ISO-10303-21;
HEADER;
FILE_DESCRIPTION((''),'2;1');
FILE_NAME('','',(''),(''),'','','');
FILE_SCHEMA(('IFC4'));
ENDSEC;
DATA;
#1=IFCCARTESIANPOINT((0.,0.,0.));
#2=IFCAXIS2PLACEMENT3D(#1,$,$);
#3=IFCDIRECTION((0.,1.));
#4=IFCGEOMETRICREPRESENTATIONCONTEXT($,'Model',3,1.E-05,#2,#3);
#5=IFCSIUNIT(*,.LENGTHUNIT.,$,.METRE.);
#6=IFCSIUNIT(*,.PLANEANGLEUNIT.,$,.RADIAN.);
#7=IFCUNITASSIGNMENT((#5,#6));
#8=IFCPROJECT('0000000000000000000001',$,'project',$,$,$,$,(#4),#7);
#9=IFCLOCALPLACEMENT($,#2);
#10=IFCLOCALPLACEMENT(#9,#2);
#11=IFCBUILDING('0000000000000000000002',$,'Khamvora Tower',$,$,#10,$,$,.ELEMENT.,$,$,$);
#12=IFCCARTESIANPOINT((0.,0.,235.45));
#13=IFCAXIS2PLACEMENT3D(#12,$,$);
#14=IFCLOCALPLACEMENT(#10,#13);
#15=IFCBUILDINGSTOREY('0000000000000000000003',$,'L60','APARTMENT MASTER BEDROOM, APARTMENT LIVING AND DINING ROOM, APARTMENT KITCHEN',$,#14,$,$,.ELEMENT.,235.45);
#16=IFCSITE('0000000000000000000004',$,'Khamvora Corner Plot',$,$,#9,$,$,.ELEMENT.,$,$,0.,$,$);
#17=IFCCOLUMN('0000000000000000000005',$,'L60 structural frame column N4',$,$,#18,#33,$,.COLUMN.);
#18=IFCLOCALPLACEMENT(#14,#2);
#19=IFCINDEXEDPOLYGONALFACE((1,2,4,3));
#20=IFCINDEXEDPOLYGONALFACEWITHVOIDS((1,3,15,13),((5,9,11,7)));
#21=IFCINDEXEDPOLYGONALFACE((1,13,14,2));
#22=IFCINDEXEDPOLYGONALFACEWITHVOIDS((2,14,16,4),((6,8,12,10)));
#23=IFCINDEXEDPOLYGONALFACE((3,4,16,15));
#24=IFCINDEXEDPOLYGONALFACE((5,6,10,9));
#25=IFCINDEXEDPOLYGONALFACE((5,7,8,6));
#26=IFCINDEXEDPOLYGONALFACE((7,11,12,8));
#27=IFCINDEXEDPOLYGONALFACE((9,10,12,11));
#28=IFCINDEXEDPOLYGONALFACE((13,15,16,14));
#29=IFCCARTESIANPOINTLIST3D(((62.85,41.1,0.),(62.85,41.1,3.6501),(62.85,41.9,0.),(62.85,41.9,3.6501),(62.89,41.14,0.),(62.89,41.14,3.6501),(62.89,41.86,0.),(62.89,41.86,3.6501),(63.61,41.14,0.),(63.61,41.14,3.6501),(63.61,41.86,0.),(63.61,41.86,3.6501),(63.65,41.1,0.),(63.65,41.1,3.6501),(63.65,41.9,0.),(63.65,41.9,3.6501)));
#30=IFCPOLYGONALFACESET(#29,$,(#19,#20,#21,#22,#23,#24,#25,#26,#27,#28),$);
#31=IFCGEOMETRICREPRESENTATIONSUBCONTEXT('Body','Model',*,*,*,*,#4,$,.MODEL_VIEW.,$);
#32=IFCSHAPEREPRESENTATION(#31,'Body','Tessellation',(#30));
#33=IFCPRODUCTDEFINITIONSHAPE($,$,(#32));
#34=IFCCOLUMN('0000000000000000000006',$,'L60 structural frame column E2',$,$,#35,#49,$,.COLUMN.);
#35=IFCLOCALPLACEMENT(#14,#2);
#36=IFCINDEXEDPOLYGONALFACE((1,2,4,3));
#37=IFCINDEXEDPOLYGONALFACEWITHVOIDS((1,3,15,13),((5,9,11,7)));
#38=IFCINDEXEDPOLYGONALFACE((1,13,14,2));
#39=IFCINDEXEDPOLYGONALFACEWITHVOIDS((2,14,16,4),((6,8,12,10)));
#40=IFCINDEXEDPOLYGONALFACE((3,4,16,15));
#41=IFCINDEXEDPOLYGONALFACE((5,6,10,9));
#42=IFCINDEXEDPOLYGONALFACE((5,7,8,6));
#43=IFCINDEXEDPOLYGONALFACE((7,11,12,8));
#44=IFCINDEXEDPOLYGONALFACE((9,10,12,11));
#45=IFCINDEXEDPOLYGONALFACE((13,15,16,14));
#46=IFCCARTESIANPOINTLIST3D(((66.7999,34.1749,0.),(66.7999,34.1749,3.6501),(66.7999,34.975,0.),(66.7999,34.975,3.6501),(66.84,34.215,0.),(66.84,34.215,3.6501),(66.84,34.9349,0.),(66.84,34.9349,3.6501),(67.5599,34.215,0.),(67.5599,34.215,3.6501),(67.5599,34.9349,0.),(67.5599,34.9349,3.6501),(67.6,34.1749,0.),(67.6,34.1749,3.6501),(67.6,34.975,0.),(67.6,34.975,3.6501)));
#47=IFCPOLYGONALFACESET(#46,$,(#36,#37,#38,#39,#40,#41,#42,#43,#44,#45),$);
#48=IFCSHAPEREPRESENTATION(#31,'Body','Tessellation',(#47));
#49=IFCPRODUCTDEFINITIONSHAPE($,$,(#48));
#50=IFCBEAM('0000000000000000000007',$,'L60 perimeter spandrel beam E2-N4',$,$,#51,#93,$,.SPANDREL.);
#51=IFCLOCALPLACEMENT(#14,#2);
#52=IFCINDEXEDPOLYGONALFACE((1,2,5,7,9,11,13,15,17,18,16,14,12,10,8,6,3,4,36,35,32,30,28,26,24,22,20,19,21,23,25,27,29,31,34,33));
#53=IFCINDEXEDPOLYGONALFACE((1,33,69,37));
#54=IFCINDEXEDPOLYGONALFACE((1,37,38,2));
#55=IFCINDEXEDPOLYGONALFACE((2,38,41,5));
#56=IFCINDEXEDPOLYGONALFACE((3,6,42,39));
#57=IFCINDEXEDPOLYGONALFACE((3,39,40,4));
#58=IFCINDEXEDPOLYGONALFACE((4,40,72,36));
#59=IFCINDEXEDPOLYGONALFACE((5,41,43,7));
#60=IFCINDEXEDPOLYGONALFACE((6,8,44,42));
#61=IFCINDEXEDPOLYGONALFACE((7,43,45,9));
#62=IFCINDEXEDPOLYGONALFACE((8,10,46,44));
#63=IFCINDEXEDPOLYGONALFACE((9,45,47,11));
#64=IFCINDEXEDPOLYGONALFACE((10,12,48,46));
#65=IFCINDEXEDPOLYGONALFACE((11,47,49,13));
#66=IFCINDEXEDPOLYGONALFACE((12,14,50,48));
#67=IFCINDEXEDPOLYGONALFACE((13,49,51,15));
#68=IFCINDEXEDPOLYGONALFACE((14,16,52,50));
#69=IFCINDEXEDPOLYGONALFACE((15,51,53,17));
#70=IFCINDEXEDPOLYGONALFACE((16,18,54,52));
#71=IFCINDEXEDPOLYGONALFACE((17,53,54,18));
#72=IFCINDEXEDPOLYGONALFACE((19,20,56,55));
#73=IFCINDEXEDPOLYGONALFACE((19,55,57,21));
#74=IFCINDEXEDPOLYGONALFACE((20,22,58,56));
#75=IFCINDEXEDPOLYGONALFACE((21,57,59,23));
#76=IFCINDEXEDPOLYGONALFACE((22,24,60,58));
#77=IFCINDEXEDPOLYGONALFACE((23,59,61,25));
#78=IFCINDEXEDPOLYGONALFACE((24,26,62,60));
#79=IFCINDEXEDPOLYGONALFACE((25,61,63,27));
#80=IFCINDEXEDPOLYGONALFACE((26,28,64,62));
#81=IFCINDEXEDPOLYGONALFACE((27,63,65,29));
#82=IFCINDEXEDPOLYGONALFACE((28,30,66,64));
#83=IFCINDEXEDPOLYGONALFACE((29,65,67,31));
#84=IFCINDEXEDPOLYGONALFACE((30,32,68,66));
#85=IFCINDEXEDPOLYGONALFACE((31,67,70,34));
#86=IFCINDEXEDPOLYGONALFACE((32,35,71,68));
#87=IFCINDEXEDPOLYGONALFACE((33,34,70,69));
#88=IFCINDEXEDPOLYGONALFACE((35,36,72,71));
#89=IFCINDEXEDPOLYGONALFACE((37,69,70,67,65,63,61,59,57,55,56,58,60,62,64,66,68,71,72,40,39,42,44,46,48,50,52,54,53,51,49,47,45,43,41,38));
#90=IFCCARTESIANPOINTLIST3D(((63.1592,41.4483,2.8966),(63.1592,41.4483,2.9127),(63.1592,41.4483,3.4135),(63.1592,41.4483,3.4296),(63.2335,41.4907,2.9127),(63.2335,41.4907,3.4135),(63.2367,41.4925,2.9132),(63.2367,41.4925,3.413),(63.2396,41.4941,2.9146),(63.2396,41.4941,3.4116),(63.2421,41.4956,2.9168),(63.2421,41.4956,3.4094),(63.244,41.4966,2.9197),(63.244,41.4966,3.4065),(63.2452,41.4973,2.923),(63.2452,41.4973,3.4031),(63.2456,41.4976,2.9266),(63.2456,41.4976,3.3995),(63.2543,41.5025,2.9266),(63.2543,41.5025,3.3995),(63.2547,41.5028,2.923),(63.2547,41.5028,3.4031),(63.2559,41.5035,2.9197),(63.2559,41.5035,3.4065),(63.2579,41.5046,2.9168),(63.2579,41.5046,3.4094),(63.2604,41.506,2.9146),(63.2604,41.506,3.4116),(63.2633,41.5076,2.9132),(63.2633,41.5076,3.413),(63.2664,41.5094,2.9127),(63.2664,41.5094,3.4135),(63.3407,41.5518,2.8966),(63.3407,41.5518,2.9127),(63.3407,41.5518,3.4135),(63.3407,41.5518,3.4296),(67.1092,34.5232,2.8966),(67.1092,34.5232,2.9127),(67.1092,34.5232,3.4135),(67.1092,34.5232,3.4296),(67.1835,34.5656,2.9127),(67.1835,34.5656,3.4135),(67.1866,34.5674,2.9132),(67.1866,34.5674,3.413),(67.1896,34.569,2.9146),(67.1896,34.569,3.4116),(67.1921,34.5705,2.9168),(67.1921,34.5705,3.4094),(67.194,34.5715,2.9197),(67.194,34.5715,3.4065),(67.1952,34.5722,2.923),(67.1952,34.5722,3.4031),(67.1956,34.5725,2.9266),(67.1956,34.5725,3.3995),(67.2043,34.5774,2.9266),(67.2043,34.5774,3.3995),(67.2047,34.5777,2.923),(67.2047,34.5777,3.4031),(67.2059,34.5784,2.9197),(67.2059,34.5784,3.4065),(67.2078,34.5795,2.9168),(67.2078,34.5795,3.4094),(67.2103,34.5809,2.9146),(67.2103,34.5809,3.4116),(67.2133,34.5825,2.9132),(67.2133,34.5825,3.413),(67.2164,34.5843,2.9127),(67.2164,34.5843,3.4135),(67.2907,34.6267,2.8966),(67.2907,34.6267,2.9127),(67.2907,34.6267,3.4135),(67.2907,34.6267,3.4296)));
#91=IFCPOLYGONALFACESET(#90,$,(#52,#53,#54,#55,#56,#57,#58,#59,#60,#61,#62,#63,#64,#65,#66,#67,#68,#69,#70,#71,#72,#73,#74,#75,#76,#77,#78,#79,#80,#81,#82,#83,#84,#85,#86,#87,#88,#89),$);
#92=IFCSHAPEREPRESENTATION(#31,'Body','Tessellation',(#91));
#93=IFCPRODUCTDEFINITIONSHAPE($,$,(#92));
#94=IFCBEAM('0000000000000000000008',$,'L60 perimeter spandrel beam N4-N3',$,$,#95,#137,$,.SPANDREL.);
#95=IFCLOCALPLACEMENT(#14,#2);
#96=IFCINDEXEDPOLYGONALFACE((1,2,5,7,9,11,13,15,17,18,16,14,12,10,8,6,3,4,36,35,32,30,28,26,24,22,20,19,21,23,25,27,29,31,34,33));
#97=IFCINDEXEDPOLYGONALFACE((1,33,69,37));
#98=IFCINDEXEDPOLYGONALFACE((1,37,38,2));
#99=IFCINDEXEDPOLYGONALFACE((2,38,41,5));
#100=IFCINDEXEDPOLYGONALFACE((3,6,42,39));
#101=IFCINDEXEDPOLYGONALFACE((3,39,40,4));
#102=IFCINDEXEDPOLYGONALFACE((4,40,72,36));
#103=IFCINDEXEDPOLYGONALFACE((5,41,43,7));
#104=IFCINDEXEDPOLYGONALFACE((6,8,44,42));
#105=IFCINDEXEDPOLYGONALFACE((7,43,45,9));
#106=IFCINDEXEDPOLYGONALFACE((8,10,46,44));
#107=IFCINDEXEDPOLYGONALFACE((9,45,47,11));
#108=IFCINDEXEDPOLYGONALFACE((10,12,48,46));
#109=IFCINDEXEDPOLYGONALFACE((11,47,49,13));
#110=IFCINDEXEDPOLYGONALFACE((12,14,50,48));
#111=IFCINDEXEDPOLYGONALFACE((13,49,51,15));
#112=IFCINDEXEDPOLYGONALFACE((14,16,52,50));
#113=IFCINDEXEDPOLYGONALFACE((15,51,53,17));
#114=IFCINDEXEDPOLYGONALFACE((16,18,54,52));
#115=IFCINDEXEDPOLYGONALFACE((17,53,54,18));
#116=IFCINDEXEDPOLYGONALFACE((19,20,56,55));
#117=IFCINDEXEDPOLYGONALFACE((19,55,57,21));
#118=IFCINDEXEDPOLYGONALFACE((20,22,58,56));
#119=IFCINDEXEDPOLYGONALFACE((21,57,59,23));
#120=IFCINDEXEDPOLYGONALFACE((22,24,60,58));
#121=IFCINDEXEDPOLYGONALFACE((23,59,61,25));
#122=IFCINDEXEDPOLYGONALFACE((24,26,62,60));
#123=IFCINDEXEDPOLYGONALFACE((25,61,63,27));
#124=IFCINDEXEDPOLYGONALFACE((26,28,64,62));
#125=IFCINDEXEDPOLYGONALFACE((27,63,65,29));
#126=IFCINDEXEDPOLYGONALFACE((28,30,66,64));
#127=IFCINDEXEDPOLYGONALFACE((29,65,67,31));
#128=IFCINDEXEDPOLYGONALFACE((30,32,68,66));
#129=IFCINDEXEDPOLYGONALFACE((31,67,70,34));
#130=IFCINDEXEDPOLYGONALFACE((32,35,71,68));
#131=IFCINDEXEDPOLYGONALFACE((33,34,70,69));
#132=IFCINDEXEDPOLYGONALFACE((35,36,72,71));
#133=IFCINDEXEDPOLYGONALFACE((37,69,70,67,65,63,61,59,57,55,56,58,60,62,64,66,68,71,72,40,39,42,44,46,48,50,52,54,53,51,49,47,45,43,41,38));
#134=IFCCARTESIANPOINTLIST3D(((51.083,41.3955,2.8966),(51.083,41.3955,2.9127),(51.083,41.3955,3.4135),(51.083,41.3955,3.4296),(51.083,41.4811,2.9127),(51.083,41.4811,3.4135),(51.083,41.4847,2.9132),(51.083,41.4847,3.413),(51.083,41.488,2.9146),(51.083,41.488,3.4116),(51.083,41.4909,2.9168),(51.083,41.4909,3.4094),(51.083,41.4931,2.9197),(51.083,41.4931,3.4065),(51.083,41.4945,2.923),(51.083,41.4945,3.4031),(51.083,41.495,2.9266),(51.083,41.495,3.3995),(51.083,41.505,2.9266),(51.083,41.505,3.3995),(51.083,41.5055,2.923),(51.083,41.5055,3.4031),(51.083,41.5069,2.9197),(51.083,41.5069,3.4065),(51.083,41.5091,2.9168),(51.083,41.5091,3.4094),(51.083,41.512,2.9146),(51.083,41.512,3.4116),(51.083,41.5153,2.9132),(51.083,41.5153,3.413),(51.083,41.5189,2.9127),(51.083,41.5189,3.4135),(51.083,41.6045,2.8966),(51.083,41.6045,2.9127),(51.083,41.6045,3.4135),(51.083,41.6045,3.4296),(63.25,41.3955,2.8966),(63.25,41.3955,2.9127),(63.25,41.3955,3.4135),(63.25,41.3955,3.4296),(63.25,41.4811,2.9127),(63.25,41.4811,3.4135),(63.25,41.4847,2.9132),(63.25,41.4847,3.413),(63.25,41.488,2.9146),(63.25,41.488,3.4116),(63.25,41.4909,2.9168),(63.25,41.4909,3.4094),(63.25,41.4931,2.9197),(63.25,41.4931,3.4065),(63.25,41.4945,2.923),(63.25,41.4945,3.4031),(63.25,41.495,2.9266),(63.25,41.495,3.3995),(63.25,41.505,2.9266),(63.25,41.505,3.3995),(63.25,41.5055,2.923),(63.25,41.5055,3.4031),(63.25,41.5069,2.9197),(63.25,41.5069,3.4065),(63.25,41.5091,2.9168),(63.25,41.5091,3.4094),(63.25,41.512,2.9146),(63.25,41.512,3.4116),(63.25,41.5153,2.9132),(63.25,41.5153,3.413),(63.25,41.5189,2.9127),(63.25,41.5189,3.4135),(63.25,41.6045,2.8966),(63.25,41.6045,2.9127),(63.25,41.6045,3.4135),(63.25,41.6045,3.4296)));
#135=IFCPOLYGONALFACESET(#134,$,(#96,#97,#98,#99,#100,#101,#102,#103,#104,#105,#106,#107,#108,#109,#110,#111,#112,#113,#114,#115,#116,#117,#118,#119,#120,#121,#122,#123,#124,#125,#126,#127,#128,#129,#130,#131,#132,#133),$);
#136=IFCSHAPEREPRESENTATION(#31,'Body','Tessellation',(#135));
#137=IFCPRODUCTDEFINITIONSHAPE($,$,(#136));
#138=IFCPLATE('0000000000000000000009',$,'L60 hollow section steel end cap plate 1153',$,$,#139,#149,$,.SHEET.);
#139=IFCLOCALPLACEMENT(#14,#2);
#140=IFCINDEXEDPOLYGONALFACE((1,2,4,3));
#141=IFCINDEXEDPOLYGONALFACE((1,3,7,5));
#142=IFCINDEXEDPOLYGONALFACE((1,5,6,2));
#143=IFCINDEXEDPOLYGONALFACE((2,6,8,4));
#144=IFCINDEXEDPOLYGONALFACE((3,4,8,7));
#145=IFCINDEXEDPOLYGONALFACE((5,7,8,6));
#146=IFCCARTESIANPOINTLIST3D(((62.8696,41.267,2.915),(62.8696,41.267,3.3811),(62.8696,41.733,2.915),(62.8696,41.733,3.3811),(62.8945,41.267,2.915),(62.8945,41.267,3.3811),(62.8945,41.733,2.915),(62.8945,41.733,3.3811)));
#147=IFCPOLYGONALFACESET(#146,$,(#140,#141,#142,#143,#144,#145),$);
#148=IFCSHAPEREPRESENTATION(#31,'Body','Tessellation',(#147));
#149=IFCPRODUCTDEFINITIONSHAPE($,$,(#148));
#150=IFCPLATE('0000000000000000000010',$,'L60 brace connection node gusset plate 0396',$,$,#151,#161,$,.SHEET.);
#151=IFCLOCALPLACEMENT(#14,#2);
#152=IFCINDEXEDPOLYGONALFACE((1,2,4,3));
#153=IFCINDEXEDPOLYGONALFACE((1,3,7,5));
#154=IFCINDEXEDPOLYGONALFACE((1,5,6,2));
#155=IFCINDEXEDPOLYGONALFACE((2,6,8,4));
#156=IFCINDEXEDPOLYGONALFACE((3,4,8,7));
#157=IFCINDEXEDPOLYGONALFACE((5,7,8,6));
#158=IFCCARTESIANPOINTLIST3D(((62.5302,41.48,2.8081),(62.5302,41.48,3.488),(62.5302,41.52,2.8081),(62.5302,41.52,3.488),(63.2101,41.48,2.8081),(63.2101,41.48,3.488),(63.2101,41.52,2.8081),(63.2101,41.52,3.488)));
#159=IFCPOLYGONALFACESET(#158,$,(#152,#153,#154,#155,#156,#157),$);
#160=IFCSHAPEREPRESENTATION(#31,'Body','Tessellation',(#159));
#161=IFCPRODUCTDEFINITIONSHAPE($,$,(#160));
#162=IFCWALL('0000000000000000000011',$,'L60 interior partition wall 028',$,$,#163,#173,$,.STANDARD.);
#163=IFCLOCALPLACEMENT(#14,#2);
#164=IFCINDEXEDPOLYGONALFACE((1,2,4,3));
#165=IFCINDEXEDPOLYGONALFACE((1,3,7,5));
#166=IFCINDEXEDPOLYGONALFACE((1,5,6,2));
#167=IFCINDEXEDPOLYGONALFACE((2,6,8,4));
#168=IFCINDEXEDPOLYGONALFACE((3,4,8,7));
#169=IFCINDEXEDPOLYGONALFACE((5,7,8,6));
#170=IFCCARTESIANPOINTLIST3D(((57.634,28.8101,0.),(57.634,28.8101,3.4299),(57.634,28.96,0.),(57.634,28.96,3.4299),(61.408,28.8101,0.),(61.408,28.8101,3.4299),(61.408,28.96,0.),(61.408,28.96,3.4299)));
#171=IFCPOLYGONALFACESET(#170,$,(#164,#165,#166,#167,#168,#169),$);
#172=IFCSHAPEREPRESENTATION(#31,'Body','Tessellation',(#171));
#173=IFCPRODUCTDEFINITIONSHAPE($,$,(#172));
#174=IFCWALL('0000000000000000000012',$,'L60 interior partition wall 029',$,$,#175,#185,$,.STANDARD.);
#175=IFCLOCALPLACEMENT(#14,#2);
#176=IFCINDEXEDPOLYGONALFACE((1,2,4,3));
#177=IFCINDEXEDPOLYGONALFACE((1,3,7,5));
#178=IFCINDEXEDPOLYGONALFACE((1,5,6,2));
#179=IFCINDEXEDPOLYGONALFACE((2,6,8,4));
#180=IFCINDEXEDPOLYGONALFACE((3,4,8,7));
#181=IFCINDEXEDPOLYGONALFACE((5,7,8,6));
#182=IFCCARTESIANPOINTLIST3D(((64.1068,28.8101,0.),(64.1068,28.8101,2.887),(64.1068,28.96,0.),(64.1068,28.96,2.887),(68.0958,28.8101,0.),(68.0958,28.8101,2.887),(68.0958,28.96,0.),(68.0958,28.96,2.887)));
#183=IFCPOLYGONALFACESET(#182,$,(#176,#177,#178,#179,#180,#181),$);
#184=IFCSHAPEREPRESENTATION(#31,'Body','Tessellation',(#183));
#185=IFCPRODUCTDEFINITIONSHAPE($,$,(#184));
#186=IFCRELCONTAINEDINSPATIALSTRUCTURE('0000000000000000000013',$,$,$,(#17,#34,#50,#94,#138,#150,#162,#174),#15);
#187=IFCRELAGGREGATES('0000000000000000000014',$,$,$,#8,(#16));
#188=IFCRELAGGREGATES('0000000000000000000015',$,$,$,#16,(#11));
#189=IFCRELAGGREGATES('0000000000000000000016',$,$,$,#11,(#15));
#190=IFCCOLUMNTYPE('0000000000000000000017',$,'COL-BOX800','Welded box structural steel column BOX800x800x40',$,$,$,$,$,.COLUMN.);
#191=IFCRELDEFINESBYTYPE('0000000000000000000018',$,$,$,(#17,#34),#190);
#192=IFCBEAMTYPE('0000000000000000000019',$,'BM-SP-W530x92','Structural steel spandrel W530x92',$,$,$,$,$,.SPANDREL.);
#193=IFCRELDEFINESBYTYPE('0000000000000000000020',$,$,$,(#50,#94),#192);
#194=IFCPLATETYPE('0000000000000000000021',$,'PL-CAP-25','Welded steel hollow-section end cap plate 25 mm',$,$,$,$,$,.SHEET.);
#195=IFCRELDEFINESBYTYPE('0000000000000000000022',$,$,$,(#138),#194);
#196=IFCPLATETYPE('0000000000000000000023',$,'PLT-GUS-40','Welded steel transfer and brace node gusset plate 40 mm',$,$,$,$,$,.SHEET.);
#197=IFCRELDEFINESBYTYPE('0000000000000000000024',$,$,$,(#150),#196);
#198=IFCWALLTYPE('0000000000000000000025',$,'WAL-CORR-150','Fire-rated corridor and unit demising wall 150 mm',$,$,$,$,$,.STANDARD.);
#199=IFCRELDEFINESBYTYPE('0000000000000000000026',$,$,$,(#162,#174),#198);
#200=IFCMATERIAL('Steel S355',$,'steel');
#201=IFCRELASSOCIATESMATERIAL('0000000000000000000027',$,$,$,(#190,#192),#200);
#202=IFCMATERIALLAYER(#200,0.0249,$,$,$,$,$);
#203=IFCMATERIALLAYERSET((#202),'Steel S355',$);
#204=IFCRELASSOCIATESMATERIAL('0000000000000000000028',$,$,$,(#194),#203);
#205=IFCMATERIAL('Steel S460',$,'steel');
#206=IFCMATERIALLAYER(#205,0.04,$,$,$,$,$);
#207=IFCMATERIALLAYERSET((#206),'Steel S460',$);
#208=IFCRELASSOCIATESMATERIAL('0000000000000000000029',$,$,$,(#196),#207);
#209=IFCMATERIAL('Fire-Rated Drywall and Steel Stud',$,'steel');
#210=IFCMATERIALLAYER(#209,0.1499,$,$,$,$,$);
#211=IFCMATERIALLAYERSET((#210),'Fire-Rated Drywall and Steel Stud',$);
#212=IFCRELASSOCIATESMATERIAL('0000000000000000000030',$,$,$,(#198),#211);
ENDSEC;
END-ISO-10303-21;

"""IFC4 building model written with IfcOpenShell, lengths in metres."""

from ifc_helpers import new_model, si_unit, direction, frame, frame_2d, origin, origin_2d, place, context, subcontext, project, spatial, rectangle, hollow_rectangle, i_section, extrude, material, layer, layer_set, material_profile, profile_set, type_object, element, save


model = new_model("IFC4")

# Units and contexts
model_context = context("Model", 3, precision=1e-05, world=origin(), true_north=direction((0.0, 1.0)))
body_context = subcontext(model_context, "Body", "Model", "MODEL_VIEW")
ifc_project = project(units=[si_unit("LENGTHUNIT", "METRE"), si_unit("PLANEANGLEUNIT", "RADIAN")], contexts=[model_context])

# Site, building, storey
site_placement = place(None, origin())
site = spatial("IfcSite", under=ifc_project, at=site_placement, Name="Khamvora Corner Plot", CompositionType="ELEMENT", RefElevation=0.0)
building_placement = place(site_placement, origin())
building = spatial("IfcBuilding", under=site, at=building_placement, Name="Khamvora Tower", CompositionType="ELEMENT")
storey_placement = place(building_placement, frame((0.0, 0.0, 235.45)))
storey = spatial("IfcBuildingStorey", under=building, at=storey_placement, Name="L60", Description="APARTMENT MASTER BEDROOM, APARTMENT LIVING AND DINING ROOM, APARTMENT KITCHEN", CompositionType="ELEMENT", Elevation=235.45)

# Columns
ifc_material_1 = material(Name="Steel S355", Category="steel")
ifc_material_profile_1 = material_profile(ifc_material_1, hollow_rectangle(XDim=0.8, YDim=0.8, WallThickness=0.04, at=origin_2d()), Name="BOX800x800x40")
ifc_profile_set_1 = profile_set([ifc_material_profile_1], Name="Steel S355")
column_type = type_object("IfcColumnType", Name="COL-BOX800", Description="Welded box structural steel column BOX800x800x40", PredefinedType="COLUMN", material=ifc_profile_set_1)
for number, where, z_axis, x_axis, name in (
    (1, (63.25, 41.5, 0.0), (0.0, 0.0, 1.0), (1.0, 0.0, 0.0), "L60 structural frame column N4"),
    (2, (67.2, 34.575, 0.0), (0.0, 0.0, 1.0), (1.0, 0.0, 0.0), "L60 structural frame column E2"),
):
    element("IfcColumn", number, at=place(storey_placement, frame(where, z_axis=z_axis, x_axis=x_axis)), inside=storey, type_object=column_type, Name=name, PredefinedType="COLUMN", context=body_context, shape_type="SweptSolid", body=[
        extrude(hollow_rectangle(XDim=0.8, YDim=0.8, WallThickness=0.04, at=origin_2d()), origin(), (0.0, 0.0, 1.0), 3.6501),
    ])

# Beams
ifc_material_profile_2 = material_profile(ifc_material_1, i_section(OverallWidth=0.209, OverallDepth=0.533, WebThickness=0.01, FlangeThickness=0.0161, FilletRadius=0.0139, at=origin_2d()), Name="W530x92")
ifc_profile_set_2 = profile_set([ifc_material_profile_2], Name="Steel S355")
beam_type = type_object("IfcBeamType", Name="BM-SP-W530x92", Description="Structural steel spandrel W530x92", PredefinedType="SPANDREL", material=ifc_profile_set_2)
beam_1_placement = place(storey_placement, frame((67.2, 34.575, 3.1631), z_axis=(-0.495456, 0.868633, 0.0), x_axis=(-0.868633, -0.495456, 0.0)))
element("IfcBeam", 3, at=beam_1_placement, inside=storey, type_object=beam_type, Name="L60 perimeter spandrel beam E2-N4", PredefinedType="SPANDREL", context=body_context, shape_type="SweptSolid", body=[
    extrude(i_section(OverallWidth=0.209, OverallDepth=0.533, WebThickness=0.01, FlangeThickness=0.0161, FilletRadius=0.0139, at=origin_2d()), origin(), (0.0, 0.0, 1.0), 7.9724),
])
beam_2_placement = place(storey_placement, frame((63.25, 41.5, 3.1631), z_axis=(-1.0, 0.0, 0.0), x_axis=(0.0, -1.0, 0.0)))
element("IfcBeam", 4, at=beam_2_placement, inside=storey, type_object=beam_type, Name="L60 perimeter spandrel beam N4-N3", PredefinedType="SPANDREL", context=body_context, shape_type="SweptSolid", body=[
    extrude(i_section(OverallWidth=0.209, OverallDepth=0.533, WebThickness=0.01, FlangeThickness=0.0161, FilletRadius=0.0139, at=origin_2d()), origin(), (0.0, 0.0, 1.0), 12.167),
])

# Plates
ifc_layer_1 = layer(ifc_material_1, 0.0249)
ifc_layer_set_1 = layer_set([ifc_layer_1], Name="Steel S355")
plate_type_1 = type_object("IfcPlateType", Name="PL-CAP-25", Description="Welded steel hollow-section end cap plate 25 mm", PredefinedType="SHEET", material=ifc_layer_set_1)
plate_1_placement = place(storey_placement, frame((62.8821, 41.5, 2.915), z_axis=(0.0, 0.0, 1.0), x_axis=(1.0, 0.0, 0.0)))
element("IfcPlate", 5, at=plate_1_placement, inside=storey, type_object=plate_type_1, Name="L60 hollow section steel end cap plate 1153", PredefinedType="SHEET", context=body_context, shape_type="SweptSolid", body=[
    extrude(rectangle(XDim=0.0249, YDim=0.4661, at=origin_2d()), origin(), (0.0, 0.0, 1.0), 0.4661),
])
ifc_material_2 = material(Name="Steel S460", Category="steel")
ifc_layer_2 = layer(ifc_material_2, 0.04)
ifc_layer_set_2 = layer_set([ifc_layer_2], Name="Steel S460")
plate_type_2 = type_object("IfcPlateType", Name="PLT-GUS-40", Description="Welded steel transfer and brace node gusset plate 40 mm", PredefinedType="SHEET", material=ifc_layer_set_2)
plate_2_placement = place(storey_placement, frame((62.8701, 41.5, 2.8081), z_axis=(0.0, 0.0, 1.0), x_axis=(1.0, 0.0, 0.0)))
element("IfcPlate", 6, at=plate_2_placement, inside=storey, type_object=plate_type_2, Name="L60 brace connection node gusset plate 0396", PredefinedType="SHEET", context=body_context, shape_type="SweptSolid", body=[
    extrude(rectangle(XDim=0.6799, YDim=0.04, at=origin_2d()), origin(), (0.0, 0.0, 1.0), 0.6799),
])

# Shared definitions
ifc_material_3 = material(Name="Fire-Rated Drywall and Steel Stud", Category="steel")
ifc_layer_3 = layer(ifc_material_3, 0.1499)
ifc_layer_set_3 = layer_set([ifc_layer_3], Name="Fire-Rated Drywall and Steel Stud")
wall_type_1 = type_object("IfcWallType", Name="WAL-CORR-150", Description="Fire-rated corridor and unit demising wall 150 mm", PredefinedType="STANDARD", material=ifc_layer_set_3)

# Walls
wall_1_placement = place(storey_placement, frame((61.408, 28.885, 0.0), z_axis=(0.0, 0.0, 1.0), x_axis=(-1.0, 0.0, 0.0)))
element("IfcWall", 7, at=wall_1_placement, inside=storey, type_object=wall_type_1, Name="L60 interior partition wall 028", PredefinedType="STANDARD", context=body_context, shape_type="SweptSolid", body=[
    extrude(rectangle(XDim=3.7739, YDim=0.1499, at=frame_2d((1.887, 0.0))), origin(), (0.0, 0.0, 1.0), 3.4299),
])
wall_2_placement = place(storey_placement, frame((68.0959, 28.885, 0.0), z_axis=(0.0, 0.0, 1.0), x_axis=(-1.0, 0.0, 0.0)))
element("IfcWall", 8, at=wall_2_placement, inside=storey, type_object=wall_type_1, Name="L60 interior partition wall 029", PredefinedType="STANDARD", context=body_context, shape_type="SweptSolid", body=[
    extrude(rectangle(XDim=3.989, YDim=0.1499, at=frame_2d((1.9946, 0.0))), origin(), (0.0, 0.0, 1.0), 2.887),
])

save(model, "model.ifc")
